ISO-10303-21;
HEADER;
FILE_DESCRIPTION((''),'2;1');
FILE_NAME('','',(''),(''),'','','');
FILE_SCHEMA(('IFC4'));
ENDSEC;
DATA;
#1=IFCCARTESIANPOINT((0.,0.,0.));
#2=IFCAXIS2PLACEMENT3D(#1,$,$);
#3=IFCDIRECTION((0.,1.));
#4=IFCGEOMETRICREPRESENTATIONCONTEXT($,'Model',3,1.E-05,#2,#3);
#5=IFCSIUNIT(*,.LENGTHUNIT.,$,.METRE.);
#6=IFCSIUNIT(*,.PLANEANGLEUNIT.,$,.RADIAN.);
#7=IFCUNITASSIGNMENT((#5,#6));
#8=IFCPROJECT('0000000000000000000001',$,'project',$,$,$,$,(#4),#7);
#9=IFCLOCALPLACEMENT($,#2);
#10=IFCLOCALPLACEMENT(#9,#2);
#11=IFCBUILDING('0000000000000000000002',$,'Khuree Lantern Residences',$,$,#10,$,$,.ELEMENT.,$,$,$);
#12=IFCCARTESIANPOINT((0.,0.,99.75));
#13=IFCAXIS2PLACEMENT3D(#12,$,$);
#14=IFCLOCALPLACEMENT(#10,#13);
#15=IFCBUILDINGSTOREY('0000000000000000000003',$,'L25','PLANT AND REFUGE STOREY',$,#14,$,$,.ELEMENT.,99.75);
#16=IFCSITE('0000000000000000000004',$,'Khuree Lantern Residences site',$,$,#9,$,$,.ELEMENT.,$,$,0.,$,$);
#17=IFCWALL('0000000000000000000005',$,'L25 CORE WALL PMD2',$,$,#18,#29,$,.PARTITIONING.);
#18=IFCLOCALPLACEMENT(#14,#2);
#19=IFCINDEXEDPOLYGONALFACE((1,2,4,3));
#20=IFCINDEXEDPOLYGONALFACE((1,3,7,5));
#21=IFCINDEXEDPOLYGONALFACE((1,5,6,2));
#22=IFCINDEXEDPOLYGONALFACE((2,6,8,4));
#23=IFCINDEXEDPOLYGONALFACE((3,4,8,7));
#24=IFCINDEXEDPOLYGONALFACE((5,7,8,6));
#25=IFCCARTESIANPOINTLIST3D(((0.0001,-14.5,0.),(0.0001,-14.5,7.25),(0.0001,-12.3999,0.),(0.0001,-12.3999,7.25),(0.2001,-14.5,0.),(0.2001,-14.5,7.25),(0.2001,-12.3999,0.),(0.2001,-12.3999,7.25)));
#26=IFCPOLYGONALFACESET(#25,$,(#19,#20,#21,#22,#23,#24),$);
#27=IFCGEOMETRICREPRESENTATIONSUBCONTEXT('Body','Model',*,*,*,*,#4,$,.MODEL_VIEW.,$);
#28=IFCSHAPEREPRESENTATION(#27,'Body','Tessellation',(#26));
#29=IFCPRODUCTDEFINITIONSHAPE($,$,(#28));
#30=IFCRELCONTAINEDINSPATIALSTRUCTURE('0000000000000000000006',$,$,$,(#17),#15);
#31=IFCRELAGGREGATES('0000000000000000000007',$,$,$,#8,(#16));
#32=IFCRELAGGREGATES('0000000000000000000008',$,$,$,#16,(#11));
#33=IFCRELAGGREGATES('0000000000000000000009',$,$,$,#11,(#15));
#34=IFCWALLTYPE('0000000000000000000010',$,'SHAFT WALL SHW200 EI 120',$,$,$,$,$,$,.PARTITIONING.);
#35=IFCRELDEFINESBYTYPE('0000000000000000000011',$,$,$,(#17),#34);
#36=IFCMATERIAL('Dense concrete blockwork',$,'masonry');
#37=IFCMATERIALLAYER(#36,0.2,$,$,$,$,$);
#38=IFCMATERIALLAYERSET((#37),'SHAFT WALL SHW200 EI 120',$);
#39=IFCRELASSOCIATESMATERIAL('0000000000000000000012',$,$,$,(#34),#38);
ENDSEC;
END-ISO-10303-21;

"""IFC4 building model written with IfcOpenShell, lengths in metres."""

from ifc_helpers import new_model, si_unit, direction, frame, frame_2d, origin, place, context, subcontext, project, spatial, rectangle, extrude, material, layer, layer_set, type_object, element, save


model = new_model("IFC4")

# Units and contexts
model_context = context("Model", 3, precision=1e-05, world=origin(), true_north=direction((0.0, 1.0)))
body_context = subcontext(model_context, "Body", "Model", "MODEL_VIEW")
ifc_project = project(units=[si_unit("LENGTHUNIT", "METRE"), si_unit("PLANEANGLEUNIT", "RADIAN")], contexts=[model_context])

# Site, building, storey
site_placement = place(None, origin())
site = spatial("IfcSite", under=ifc_project, at=site_placement, Name="Khuree Lantern Residences site", CompositionType="ELEMENT", RefElevation=0.0)
building_placement = place(site_placement, origin())
building = spatial("IfcBuilding", under=site, at=building_placement, Name="Khuree Lantern Residences", CompositionType="ELEMENT")
storey_placement = place(building_placement, frame((0.0, 0.0, 99.75)))
storey = spatial("IfcBuildingStorey", under=building, at=storey_placement, Name="L25", Description="PLANT AND REFUGE STOREY", CompositionType="ELEMENT", Elevation=99.75)

# Shared definitions
ifc_material_1 = material(Name="Dense concrete blockwork", Category="masonry")

# Wall
ifc_layer_1 = layer(ifc_material_1, 0.2)
ifc_layer_set_1 = layer_set([ifc_layer_1], Name="SHAFT WALL SHW200 EI 120")
wall_type_1 = type_object("IfcWallType", Name="SHAFT WALL SHW200 EI 120", PredefinedType="PARTITIONING", material=ifc_layer_set_1)
wall_1_placement = place(storey_placement, frame((0.1001, -14.5, 0.0), z_axis=(0.0, 0.0, 1.0), x_axis=(0.0, 1.0, 0.0)))
element("IfcWall", 1, at=wall_1_placement, inside=storey, type_object=wall_type_1, Name="L25 CORE WALL PMD2", PredefinedType="PARTITIONING", context=body_context, shape_type="SweptSolid", body=[
    extrude(rectangle(XDim=2.1001, YDim=0.2, at=frame_2d((1.05, 0.0))), origin(), (0.0, 0.0, 1.0), 7.25),
])

save(model, "model.ifc")
